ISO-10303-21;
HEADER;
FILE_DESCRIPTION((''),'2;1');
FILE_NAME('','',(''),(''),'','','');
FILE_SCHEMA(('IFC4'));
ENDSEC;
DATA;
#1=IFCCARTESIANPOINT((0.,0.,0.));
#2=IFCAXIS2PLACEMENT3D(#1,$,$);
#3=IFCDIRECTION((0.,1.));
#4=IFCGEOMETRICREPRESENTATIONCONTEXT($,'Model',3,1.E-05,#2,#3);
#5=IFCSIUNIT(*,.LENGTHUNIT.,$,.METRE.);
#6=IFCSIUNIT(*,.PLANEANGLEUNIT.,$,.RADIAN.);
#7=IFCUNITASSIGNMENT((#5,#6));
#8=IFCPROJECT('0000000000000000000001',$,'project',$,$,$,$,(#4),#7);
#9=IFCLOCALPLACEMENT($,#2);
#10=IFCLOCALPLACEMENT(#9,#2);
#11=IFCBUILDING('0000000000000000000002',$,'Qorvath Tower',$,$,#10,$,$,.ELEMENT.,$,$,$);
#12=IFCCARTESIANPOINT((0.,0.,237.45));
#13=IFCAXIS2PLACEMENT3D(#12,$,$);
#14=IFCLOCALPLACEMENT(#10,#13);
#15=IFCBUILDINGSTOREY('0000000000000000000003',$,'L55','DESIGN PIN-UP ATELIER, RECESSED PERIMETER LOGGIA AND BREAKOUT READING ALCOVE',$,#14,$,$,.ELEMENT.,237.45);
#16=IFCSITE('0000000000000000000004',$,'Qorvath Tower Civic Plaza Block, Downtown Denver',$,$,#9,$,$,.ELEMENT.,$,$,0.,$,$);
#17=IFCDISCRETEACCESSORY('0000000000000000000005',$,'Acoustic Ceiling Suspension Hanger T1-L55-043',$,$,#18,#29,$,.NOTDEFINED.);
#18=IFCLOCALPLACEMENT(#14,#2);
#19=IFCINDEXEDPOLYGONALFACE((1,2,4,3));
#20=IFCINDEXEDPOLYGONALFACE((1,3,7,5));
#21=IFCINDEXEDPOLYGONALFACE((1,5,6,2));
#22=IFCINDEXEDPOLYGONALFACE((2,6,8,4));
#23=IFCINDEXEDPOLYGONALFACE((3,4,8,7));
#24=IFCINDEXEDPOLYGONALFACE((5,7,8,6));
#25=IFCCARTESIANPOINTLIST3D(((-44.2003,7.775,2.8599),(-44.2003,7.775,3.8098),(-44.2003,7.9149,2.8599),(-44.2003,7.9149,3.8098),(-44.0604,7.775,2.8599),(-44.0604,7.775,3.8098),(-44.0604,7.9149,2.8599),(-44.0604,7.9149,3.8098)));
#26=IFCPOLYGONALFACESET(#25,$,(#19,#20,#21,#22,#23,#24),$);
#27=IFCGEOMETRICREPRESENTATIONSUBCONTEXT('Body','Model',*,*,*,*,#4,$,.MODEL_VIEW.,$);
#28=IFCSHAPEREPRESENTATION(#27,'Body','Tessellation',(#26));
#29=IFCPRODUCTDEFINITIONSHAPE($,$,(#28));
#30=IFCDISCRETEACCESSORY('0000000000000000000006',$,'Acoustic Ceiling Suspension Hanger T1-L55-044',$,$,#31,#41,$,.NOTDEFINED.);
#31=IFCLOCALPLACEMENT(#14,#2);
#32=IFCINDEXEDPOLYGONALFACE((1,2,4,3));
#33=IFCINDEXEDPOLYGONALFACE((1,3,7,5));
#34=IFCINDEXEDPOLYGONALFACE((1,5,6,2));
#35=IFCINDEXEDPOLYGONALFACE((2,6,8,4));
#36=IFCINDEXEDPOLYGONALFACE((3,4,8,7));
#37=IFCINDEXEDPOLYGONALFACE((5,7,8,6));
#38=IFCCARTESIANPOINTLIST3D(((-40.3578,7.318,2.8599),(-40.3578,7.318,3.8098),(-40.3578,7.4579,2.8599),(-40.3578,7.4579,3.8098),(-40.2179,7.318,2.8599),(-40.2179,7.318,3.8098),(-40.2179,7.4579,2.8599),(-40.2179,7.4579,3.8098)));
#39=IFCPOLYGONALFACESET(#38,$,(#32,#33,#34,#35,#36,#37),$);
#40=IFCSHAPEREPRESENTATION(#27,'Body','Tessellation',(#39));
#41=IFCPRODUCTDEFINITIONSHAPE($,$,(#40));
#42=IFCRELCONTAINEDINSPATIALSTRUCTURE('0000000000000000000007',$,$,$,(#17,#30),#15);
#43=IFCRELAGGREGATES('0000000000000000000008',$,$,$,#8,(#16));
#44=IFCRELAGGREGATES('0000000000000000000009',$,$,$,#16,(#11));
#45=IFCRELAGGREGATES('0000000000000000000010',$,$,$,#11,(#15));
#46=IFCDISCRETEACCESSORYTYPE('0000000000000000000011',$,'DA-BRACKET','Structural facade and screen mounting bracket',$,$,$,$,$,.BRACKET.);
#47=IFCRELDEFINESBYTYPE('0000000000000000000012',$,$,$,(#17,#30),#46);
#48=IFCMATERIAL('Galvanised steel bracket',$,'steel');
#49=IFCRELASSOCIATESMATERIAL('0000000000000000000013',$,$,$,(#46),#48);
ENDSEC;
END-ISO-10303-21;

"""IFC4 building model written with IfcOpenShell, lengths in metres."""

from ifc_helpers import new_model, si_unit, direction, frame, origin, origin_2d, place, context, subcontext, project, spatial, rectangle, extrude, material, type_object, element, save


model = new_model("IFC4")

# Units and contexts
model_context = context("Model", 3, precision=1e-05, world=origin(), true_north=direction((0.0, 1.0)))
body_context = subcontext(model_context, "Body", "Model", "MODEL_VIEW")
ifc_project = project(units=[si_unit("LENGTHUNIT", "METRE"), si_unit("PLANEANGLEUNIT", "RADIAN")], contexts=[model_context])

# Site, building, storey
site_placement = place(None, origin())
site = spatial("IfcSite", under=ifc_project, at=site_placement, Name="Qorvath Tower Civic Plaza Block, Downtown Denver", CompositionType="ELEMENT", RefElevation=0.0)
building_placement = place(site_placement, origin())
building = spatial("IfcBuilding", under=site, at=building_placement, Name="Qorvath Tower", CompositionType="ELEMENT")
storey_placement = place(building_placement, frame((0.0, 0.0, 237.45)))
storey = spatial("IfcBuildingStorey", under=building, at=storey_placement, Name="L55", Description="DESIGN PIN-UP ATELIER, RECESSED PERIMETER LOGGIA AND BREAKOUT READING ALCOVE", CompositionType="ELEMENT", Elevation=237.45)

# Discrete accessories
ifc_material_1 = material(Name="Galvanised steel bracket", Category="steel")
discrete_accessory_type = type_object("IfcDiscreteAccessoryType", Name="DA-BRACKET", Description="Structural facade and screen mounting bracket", PredefinedType="BRACKET", material=ifc_material_1)
for number, where, z_axis, x_axis, name in (
    (1, (-44.1304, 7.845, 2.8599), (0.0, 0.0, 1.0), (1.0, 0.0, 0.0), "Acoustic Ceiling Suspension Hanger T1-L55-043"),
    (2, (-40.2878, 7.3879, 2.8599), (0.0, 0.0, 1.0), (1.0, 0.0, 0.0), "Acoustic Ceiling Suspension Hanger T1-L55-044"),
):
    element("IfcDiscreteAccessory", number, at=place(storey_placement, frame(where, z_axis=z_axis, x_axis=x_axis)), inside=storey, type_object=discrete_accessory_type, Name=name, PredefinedType="NOTDEFINED", context=body_context, shape_type="SweptSolid", body=[
        extrude(rectangle(XDim=0.1399, YDim=0.1399, at=origin_2d()), origin(), (0.0, 0.0, 1.0), 0.95),
    ])

save(model, "model.ifc")
